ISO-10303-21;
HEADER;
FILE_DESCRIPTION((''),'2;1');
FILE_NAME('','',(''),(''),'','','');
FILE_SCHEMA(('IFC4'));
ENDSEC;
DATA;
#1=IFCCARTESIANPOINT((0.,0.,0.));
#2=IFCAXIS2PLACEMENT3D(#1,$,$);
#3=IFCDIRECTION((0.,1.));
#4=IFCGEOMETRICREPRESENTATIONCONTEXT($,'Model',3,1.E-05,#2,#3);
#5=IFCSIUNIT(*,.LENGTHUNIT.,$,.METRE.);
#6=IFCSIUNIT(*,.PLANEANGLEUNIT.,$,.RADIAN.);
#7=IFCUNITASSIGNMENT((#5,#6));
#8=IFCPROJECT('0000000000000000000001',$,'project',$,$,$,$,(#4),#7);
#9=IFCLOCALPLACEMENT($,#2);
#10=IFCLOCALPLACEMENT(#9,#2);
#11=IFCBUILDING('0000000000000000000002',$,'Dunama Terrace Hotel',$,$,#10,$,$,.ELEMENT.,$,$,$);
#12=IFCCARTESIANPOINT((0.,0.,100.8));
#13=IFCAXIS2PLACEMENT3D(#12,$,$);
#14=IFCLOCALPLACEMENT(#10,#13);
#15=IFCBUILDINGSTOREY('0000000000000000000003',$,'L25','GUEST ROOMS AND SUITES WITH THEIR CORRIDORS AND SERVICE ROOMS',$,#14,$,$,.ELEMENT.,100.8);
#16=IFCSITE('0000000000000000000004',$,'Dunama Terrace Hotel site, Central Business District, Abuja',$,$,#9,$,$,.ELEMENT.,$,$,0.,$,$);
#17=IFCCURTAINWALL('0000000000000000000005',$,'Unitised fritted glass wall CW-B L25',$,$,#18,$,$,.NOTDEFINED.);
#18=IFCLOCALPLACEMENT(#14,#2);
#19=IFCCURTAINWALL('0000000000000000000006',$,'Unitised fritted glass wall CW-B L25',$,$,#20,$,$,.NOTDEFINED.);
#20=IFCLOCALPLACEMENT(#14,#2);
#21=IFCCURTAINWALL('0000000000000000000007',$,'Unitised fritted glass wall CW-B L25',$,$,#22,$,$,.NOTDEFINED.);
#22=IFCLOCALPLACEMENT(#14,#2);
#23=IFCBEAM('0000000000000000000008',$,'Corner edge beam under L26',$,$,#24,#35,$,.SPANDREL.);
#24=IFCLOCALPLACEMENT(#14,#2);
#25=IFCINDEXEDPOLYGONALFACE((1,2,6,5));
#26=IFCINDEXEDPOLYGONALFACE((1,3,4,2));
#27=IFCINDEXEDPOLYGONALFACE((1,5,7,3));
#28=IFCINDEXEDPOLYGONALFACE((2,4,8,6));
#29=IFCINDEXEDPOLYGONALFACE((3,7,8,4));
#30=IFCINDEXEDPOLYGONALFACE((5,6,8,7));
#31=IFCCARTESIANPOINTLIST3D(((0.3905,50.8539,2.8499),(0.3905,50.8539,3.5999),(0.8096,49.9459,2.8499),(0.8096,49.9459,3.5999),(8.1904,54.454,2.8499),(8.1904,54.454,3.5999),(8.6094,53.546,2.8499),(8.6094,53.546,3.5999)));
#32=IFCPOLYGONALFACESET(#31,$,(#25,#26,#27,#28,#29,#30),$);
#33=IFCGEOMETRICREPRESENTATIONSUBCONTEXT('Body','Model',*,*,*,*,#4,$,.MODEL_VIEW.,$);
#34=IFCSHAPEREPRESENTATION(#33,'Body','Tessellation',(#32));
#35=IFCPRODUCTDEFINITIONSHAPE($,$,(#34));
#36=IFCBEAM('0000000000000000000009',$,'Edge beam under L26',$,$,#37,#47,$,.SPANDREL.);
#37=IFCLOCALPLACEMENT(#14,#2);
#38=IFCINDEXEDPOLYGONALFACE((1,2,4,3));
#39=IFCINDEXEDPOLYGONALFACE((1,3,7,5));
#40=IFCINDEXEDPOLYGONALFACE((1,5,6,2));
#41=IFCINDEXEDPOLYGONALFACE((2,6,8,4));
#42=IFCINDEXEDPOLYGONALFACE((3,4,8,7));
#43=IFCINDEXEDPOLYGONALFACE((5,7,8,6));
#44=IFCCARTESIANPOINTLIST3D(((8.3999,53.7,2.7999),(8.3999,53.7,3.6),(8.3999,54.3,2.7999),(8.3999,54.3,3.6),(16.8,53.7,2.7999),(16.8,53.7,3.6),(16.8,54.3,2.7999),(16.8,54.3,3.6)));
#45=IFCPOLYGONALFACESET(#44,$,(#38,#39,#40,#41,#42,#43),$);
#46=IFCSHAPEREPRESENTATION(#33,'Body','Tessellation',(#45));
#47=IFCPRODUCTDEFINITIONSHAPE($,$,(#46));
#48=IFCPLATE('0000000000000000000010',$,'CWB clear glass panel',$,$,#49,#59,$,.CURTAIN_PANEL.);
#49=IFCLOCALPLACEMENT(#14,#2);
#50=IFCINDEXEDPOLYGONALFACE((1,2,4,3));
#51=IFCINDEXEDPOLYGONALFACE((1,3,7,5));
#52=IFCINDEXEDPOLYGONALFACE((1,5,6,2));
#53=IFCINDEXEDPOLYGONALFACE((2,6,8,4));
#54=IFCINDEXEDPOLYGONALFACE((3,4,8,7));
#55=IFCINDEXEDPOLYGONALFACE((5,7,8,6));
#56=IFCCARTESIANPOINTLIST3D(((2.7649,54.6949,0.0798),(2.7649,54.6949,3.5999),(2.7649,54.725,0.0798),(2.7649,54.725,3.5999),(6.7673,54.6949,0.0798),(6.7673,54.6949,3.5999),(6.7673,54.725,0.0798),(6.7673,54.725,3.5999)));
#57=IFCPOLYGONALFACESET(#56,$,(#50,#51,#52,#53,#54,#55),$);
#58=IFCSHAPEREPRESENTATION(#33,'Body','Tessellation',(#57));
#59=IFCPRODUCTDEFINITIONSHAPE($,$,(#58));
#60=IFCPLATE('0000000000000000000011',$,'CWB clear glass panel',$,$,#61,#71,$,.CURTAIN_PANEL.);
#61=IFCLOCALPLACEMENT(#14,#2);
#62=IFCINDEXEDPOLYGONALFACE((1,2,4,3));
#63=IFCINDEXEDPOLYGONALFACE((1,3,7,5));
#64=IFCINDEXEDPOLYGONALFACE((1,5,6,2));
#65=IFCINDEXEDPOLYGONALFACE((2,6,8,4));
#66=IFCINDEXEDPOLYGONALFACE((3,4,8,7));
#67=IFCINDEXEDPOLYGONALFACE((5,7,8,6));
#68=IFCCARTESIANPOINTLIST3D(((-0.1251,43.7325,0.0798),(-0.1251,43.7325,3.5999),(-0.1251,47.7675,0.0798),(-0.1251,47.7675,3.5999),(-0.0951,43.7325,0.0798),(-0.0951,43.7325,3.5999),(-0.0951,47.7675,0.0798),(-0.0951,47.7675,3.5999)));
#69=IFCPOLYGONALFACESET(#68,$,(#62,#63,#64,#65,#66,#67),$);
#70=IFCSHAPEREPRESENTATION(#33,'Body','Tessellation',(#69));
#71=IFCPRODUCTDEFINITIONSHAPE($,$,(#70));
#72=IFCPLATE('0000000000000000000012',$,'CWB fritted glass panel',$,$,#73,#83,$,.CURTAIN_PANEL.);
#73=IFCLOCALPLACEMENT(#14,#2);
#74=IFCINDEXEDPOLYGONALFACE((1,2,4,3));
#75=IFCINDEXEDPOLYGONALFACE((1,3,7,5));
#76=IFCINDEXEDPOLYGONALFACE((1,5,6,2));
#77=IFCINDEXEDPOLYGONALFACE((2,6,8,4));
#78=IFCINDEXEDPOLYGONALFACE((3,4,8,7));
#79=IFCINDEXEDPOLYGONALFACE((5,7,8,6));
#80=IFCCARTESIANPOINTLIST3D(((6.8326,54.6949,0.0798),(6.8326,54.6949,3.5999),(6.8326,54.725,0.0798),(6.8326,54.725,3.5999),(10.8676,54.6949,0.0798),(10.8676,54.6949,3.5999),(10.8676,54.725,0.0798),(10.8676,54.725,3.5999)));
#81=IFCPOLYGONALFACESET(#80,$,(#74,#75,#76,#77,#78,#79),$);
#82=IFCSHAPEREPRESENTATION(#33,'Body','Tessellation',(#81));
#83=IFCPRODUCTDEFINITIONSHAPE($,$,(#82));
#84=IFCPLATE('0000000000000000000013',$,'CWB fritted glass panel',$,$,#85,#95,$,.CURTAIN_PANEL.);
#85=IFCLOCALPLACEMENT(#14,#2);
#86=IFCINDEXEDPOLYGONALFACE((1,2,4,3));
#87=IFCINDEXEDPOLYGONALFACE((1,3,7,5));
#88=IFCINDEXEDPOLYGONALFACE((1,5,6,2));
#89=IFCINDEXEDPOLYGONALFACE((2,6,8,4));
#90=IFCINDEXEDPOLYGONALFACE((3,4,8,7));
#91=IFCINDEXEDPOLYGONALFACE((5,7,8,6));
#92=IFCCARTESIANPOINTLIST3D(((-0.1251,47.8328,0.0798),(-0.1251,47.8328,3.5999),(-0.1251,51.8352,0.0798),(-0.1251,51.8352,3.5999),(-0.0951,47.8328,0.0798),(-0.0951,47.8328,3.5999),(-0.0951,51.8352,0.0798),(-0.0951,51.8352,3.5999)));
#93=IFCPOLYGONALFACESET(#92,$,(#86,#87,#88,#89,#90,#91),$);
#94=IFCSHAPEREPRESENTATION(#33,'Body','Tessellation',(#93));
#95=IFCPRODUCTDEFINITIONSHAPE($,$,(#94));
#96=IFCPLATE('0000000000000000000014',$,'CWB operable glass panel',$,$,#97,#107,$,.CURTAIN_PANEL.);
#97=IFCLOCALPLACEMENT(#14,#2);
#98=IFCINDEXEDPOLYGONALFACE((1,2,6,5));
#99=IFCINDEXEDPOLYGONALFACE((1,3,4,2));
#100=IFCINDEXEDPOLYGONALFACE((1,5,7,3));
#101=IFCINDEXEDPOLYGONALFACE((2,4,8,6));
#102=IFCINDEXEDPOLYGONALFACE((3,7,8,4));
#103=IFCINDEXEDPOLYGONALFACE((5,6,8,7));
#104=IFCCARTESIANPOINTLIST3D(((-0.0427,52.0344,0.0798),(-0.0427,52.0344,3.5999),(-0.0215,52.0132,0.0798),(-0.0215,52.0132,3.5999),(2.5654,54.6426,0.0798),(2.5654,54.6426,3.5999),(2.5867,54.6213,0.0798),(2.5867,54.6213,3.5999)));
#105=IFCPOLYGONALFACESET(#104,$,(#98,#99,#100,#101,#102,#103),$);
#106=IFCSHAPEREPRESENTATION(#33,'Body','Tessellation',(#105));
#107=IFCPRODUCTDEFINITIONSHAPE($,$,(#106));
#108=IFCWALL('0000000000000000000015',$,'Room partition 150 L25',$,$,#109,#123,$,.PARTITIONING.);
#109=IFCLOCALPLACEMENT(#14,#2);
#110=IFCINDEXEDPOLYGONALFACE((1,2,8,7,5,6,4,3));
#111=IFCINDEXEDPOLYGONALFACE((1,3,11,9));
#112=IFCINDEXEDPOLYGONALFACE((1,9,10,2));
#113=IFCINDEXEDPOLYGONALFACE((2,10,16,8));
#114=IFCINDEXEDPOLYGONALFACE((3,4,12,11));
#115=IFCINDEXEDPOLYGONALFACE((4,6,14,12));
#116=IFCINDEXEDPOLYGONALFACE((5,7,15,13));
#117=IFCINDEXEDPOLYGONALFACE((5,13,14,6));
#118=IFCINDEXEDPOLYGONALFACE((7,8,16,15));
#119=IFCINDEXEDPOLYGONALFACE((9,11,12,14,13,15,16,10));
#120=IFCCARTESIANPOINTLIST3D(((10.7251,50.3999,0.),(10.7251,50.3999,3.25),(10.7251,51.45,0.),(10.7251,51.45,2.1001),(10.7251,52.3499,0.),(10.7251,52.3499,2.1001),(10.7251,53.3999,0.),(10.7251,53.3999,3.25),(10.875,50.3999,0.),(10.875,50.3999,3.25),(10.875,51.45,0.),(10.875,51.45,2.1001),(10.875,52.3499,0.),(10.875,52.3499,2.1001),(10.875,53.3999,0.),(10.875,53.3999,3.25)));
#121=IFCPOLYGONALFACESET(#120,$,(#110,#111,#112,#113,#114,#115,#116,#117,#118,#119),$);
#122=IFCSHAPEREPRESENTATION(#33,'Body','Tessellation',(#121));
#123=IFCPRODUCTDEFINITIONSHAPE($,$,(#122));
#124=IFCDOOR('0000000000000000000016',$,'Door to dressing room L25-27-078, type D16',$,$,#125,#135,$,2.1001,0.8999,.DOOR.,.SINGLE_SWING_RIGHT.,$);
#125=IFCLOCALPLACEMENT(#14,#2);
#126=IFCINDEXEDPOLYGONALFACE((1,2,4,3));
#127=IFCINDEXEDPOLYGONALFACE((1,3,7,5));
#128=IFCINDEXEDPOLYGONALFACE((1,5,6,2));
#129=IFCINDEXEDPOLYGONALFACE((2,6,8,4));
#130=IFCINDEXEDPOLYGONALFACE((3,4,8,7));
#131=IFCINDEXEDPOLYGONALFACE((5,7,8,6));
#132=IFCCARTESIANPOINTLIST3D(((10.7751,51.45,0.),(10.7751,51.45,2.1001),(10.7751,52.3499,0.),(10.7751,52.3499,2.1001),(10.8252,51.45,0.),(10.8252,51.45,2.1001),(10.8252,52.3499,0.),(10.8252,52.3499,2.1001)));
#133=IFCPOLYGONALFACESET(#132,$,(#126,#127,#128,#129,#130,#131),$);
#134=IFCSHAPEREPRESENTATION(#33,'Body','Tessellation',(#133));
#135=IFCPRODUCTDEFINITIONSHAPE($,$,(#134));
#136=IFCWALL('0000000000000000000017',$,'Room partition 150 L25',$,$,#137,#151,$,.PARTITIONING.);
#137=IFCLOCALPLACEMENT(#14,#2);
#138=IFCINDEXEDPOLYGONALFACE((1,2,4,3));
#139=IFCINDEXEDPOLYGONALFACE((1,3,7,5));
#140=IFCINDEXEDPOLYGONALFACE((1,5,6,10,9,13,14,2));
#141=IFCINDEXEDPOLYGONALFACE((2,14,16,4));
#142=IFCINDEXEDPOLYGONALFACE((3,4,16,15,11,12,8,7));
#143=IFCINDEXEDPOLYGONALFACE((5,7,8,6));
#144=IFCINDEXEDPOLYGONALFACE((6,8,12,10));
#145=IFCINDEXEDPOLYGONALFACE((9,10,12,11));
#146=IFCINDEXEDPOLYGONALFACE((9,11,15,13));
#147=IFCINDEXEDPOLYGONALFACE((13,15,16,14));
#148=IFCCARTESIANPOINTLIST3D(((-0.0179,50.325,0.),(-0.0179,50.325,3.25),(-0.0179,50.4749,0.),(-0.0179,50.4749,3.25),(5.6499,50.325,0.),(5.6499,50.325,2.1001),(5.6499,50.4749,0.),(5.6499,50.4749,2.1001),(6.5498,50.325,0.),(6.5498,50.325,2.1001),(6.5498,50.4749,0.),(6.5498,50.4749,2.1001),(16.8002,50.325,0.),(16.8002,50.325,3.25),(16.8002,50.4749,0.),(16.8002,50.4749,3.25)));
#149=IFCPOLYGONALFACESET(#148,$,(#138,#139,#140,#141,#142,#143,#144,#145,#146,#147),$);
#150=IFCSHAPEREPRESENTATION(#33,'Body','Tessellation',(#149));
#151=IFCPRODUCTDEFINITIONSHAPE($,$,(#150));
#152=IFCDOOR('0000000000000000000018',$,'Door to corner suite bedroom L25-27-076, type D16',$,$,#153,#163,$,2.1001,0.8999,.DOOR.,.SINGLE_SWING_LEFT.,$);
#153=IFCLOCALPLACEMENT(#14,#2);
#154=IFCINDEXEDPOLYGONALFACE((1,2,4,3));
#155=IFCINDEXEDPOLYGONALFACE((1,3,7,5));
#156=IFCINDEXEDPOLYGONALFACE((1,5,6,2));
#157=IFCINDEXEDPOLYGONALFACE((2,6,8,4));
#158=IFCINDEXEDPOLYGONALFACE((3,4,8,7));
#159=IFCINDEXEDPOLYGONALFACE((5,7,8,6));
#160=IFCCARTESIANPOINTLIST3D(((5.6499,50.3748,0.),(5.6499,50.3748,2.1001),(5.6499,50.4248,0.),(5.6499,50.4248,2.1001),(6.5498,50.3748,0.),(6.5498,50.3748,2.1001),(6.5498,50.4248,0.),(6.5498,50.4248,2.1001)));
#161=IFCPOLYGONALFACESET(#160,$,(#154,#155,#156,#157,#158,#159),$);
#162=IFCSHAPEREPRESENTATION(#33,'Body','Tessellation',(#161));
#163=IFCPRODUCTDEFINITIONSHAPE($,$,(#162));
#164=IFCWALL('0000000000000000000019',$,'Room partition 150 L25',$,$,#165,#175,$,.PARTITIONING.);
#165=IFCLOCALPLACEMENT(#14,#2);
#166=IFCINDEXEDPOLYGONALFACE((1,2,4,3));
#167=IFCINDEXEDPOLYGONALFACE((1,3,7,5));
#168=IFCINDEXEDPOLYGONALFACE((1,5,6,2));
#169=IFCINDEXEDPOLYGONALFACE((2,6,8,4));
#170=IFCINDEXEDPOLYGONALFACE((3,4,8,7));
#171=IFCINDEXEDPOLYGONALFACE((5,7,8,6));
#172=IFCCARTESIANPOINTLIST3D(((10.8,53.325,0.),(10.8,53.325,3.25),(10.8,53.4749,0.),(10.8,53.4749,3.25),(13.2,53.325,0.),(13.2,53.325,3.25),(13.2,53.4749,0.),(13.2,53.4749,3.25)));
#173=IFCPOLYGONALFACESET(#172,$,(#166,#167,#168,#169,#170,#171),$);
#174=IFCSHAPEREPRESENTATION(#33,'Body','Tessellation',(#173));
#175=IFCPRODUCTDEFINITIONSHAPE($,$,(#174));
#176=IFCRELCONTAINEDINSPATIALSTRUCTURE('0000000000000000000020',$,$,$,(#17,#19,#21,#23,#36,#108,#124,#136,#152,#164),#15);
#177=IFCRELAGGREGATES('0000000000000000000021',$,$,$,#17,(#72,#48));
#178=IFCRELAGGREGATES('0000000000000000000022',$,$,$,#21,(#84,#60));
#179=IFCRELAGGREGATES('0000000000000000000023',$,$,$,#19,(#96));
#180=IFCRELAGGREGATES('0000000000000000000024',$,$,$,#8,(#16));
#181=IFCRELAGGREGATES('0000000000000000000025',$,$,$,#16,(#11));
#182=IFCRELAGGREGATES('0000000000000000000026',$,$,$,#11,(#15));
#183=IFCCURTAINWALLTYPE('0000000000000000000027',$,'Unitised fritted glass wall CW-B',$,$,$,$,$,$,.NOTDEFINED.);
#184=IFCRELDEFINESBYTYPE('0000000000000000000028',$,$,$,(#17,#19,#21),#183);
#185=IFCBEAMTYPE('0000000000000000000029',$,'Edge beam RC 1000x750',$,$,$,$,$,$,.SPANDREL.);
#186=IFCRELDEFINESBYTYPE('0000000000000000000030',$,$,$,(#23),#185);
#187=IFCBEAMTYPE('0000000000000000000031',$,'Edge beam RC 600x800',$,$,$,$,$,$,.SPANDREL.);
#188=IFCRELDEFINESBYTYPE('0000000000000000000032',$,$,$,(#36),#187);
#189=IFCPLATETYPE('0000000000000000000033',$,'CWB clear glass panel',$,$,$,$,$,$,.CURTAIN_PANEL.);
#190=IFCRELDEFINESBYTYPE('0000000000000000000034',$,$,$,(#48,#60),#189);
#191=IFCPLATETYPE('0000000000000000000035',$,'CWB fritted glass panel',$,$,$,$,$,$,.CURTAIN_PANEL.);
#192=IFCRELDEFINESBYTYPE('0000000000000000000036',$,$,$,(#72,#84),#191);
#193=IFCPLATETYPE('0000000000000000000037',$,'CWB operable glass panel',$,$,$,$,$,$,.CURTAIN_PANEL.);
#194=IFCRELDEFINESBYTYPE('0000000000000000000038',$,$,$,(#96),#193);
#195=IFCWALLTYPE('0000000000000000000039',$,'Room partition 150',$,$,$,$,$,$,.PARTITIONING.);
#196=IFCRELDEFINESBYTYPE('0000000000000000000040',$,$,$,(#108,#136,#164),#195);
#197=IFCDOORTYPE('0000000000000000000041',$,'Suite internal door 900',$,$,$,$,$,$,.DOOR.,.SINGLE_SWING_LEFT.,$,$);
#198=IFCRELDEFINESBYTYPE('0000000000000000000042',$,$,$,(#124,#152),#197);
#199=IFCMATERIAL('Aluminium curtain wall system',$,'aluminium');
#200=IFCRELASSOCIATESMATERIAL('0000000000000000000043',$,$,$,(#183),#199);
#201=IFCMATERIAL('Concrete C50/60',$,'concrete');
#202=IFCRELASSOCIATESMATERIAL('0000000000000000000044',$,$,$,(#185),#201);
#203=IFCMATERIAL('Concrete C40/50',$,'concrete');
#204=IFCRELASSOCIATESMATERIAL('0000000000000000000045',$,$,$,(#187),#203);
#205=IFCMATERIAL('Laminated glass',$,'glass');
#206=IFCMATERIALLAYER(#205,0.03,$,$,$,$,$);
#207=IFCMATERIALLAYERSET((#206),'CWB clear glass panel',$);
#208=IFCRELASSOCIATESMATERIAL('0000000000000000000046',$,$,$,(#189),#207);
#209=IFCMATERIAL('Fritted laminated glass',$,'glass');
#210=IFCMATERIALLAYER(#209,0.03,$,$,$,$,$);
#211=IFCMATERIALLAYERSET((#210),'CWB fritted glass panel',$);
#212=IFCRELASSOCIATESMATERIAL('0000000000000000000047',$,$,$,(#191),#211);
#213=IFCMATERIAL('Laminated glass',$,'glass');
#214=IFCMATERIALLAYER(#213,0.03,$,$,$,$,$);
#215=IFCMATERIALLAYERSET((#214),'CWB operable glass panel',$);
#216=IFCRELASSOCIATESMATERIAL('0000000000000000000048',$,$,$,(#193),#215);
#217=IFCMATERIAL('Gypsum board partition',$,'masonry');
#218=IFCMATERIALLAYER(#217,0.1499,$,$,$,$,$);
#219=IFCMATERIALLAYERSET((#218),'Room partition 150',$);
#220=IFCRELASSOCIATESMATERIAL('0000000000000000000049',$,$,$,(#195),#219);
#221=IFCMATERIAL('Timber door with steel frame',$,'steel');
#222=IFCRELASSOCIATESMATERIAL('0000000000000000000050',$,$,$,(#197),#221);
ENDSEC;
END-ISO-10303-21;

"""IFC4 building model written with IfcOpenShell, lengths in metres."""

from ifc_helpers import new_model, si_unit, direction, frame, frame_2d, origin, origin_2d, place, context, subcontext, project, spatial, rectangle, extrude, material, layer, layer_set, material_profile, profile_set, type_object, element, fill, aggregate, save


model = new_model("IFC4")

# Units and contexts
model_context = context("Model", 3, precision=1e-05, world=origin(), true_north=direction((0.0, 1.0)))
body_context = subcontext(model_context, "Body", "Model", "MODEL_VIEW")
ifc_project = project(units=[si_unit("LENGTHUNIT", "METRE"), si_unit("PLANEANGLEUNIT", "RADIAN")], contexts=[model_context])

# Site, building, storey
site_placement = place(None, origin())
site = spatial("IfcSite", under=ifc_project, at=site_placement, Name="Dunama Terrace Hotel site, Central Business District, Abuja", CompositionType="ELEMENT", RefElevation=0.0)
building_placement = place(site_placement, origin())
building = spatial("IfcBuilding", under=site, at=building_placement, Name="Dunama Terrace Hotel", CompositionType="ELEMENT")
storey_placement = place(building_placement, frame((0.0, 0.0, 100.8)))
storey = spatial("IfcBuildingStorey", under=building, at=storey_placement, Name="L25", Description="GUEST ROOMS AND SUITES WITH THEIR CORRIDORS AND SERVICE ROOMS", CompositionType="ELEMENT", Elevation=100.8)

# Curtain walls
ifc_material_1 = material(Name="Aluminium curtain wall system", Category="aluminium")
curtain_wall_type = type_object("IfcCurtainWallType", Name="Unitised fritted glass wall CW-B", PredefinedType="NOTDEFINED", material=ifc_material_1)
curtain_wall_1_placement = place(storey_placement, origin())
curtain_wall_1 = element("IfcCurtainWall", 1, at=curtain_wall_1_placement, inside=storey, type_object=curtain_wall_type, Name="Unitised fritted glass wall CW-B L25", PredefinedType="NOTDEFINED")
curtain_wall_2_placement = place(storey_placement, origin())
curtain_wall_2 = element("IfcCurtainWall", 2, at=curtain_wall_2_placement, inside=storey, type_object=curtain_wall_type, Name="Unitised fritted glass wall CW-B L25", PredefinedType="NOTDEFINED")
curtain_wall_3_placement = place(storey_placement, origin())
curtain_wall_3 = element("IfcCurtainWall", 3, at=curtain_wall_3_placement, inside=storey, type_object=curtain_wall_type, Name="Unitised fritted glass wall CW-B L25", PredefinedType="NOTDEFINED")

# Beams
ifc_material_2 = material(Name="Concrete C50/60", Category="concrete")
ifc_material_profile_1 = material_profile(ifc_material_2, rectangle(XDim=1.0, YDim=0.75, at=origin_2d()), Name="RC 1000x750")
ifc_profile_set_1 = profile_set([ifc_material_profile_1], Name="Concrete C50/60")
beam_type_1 = type_object("IfcBeamType", Name="Edge beam RC 1000x750", PredefinedType="SPANDREL", material=ifc_profile_set_1)
beam_1_placement = place(storey_placement, frame((8.3999, 54.0, 3.2249), z_axis=(-0.907951, -0.419076, 0.0), x_axis=(0.419076, -0.907951, 0.0)))
element("IfcBeam", 4, at=beam_1_placement, inside=storey, type_object=beam_type_1, Name="Corner edge beam under L26", PredefinedType="SPANDREL", context=body_context, shape_type="SweptSolid", body=[
    extrude(rectangle(XDim=1.0, YDim=0.75, at=origin_2d()), origin(), (0.0, 0.0, 1.0), 8.5906),
])
ifc_material_3 = material(Name="Concrete C40/50", Category="concrete")
ifc_material_profile_2 = material_profile(ifc_material_3, rectangle(XDim=0.6001, YDim=0.8, at=origin_2d()), Name="RC 600x800")
ifc_profile_set_2 = profile_set([ifc_material_profile_2], Name="Concrete C40/50")
beam_type_2 = type_object("IfcBeamType", Name="Edge beam RC 600x800", PredefinedType="SPANDREL", material=ifc_profile_set_2)
beam_2_placement = place(storey_placement, frame((8.3999, 54.0, 3.2), z_axis=(1.0, 0.0, 0.0), x_axis=(0.0, 1.0, 0.0)))
element("IfcBeam", 5, at=beam_2_placement, inside=storey, type_object=beam_type_2, Name="Edge beam under L26", PredefinedType="SPANDREL", context=body_context, shape_type="SweptSolid", body=[
    extrude(rectangle(XDim=0.6001, YDim=0.8, at=origin_2d()), origin(), (0.0, 0.0, 1.0), 8.4001),
])

# Plates
ifc_material_4 = material(Name="Laminated glass", Category="glass")
ifc_layer_1 = layer(ifc_material_4, 0.03)
ifc_layer_set_1 = layer_set([ifc_layer_1], Name="CWB clear glass panel")
plate_type_1 = type_object("IfcPlateType", Name="CWB clear glass panel", PredefinedType="CURTAIN_PANEL", material=ifc_layer_set_1)
plate_1_placement = place(storey_placement, frame((4.7661, 54.71, 0.0798), z_axis=(0.0, 0.0, 1.0), x_axis=(-1.0, 0.0, 0.0)))
plate_1 = element("IfcPlate", 6, at=plate_1_placement, type_object=plate_type_1, Name="CWB clear glass panel", PredefinedType="CURTAIN_PANEL", context=body_context, shape_type="SweptSolid", body=[
    extrude(rectangle(XDim=4.0024, YDim=0.03, at=origin_2d()), origin(), (0.0, 0.0, 1.0), 3.52),
])
plate_2_placement = place(storey_placement, frame((-0.1101, 45.75, 0.0798), z_axis=(0.0, 0.0, 1.0), x_axis=(0.0, -1.0, 0.0)))
plate_2 = element("IfcPlate", 7, at=plate_2_placement, type_object=plate_type_1, Name="CWB clear glass panel", PredefinedType="CURTAIN_PANEL", context=body_context, shape_type="SweptSolid", body=[
    extrude(rectangle(XDim=4.0349, YDim=0.03, at=origin_2d()), origin(), (0.0, 0.0, 1.0), 3.52),
])
ifc_material_5 = material(Name="Fritted laminated glass", Category="glass")
ifc_layer_2 = layer(ifc_material_5, 0.03)
ifc_layer_set_2 = layer_set([ifc_layer_2], Name="CWB fritted glass panel")
plate_type_2 = type_object("IfcPlateType", Name="CWB fritted glass panel", PredefinedType="CURTAIN_PANEL", material=ifc_layer_set_2)
plate_3_placement = place(storey_placement, frame((8.8501, 54.71, 0.0798), z_axis=(0.0, 0.0, 1.0), x_axis=(-1.0, 0.0, 0.0)))
plate_3 = element("IfcPlate", 8, at=plate_3_placement, type_object=plate_type_2, Name="CWB fritted glass panel", PredefinedType="CURTAIN_PANEL", context=body_context, shape_type="SweptSolid", body=[
    extrude(rectangle(XDim=4.0349, YDim=0.03, at=origin_2d()), origin(), (0.0, 0.0, 1.0), 3.52),
])
aggregate(curtain_wall_1, [plate_3, plate_1])
plate_4_placement = place(storey_placement, frame((-0.1101, 49.834, 0.0798), z_axis=(0.0, 0.0, 1.0), x_axis=(0.0, -1.0, 0.0)))
plate_4 = element("IfcPlate", 9, at=plate_4_placement, type_object=plate_type_2, Name="CWB fritted glass panel", PredefinedType="CURTAIN_PANEL", context=body_context, shape_type="SweptSolid", body=[
    extrude(rectangle(XDim=4.0024, YDim=0.03, at=origin_2d()), origin(), (0.0, 0.0, 1.0), 3.52),
])
aggregate(curtain_wall_3, [plate_4, plate_2])
ifc_material_6 = material(Name="Laminated glass", Category="glass")
ifc_layer_3 = layer(ifc_material_6, 0.03)
ifc_layer_set_3 = layer_set([ifc_layer_3], Name="CWB operable glass panel")
plate_type_3 = type_object("IfcPlateType", Name="CWB operable glass panel", PredefinedType="CURTAIN_PANEL", material=ifc_layer_set_3)
plate_5_placement = place(storey_placement, frame((1.272, 53.3279, 0.0798), z_axis=(0.0, 0.0, 1.0), x_axis=(-0.707107, -0.707107, 0.0)))
plate_5 = element("IfcPlate", 10, at=plate_5_placement, type_object=plate_type_3, Name="CWB operable glass panel", PredefinedType="CURTAIN_PANEL", context=body_context, shape_type="SweptSolid", body=[
    extrude(rectangle(XDim=3.6885, YDim=0.03, at=origin_2d()), origin(), (0.0, 0.0, 1.0), 3.52),
])
aggregate(curtain_wall_2, [plate_5])

# Walls, openings, doors
ifc_material_7 = material(Name="Gypsum board partition", Category="masonry")
ifc_layer_4 = layer(ifc_material_7, 0.1499)
ifc_layer_set_4 = layer_set([ifc_layer_4], Name="Room partition 150")
wall_type = type_object("IfcWallType", Name="Room partition 150", PredefinedType="PARTITIONING", material=ifc_layer_set_4)
wall_1_placement = place(storey_placement, frame((10.8, 50.3999, 0.0), z_axis=(0.0, 0.0, 1.0), x_axis=(0.0, 1.0, 0.0)))
wall_1 = element("IfcWall", 11, at=wall_1_placement, inside=storey, type_object=wall_type, Name="Room partition 150 L25", PredefinedType="PARTITIONING", context=body_context, shape_type="SweptSolid", body=[
    extrude(rectangle(XDim=3.0, YDim=0.1499, at=frame_2d((1.5, 0.0))), origin(), (0.0, 0.0, 1.0), 3.25),
])
opening_1_placement = place(wall_1_placement, frame((1.05, 0.0, 0.0)))
opening_1 = element("IfcOpeningElement", 12, at=opening_1_placement, cuts=wall_1, PredefinedType="OPENING", context=body_context, shape_type="SweptSolid", body=[
    extrude(rectangle(XDim=0.8999, YDim=2.1001, at=frame_2d((0.45, 1.05))), frame((0.0, 0.085, 0.0), z_axis=(0.0, -1.0, 0.0), x_axis=(1.0, 0.0, 0.0)), (0.0, 0.0, 1.0), 0.1699),
])
ifc_material_8 = material(Name="Timber door with steel frame", Category="steel")
door_type = type_object("IfcDoorType", Name="Suite internal door 900", OperationType="SINGLE_SWING_LEFT", PredefinedType="DOOR", material=ifc_material_8)
door_1_placement = place(opening_1_placement, frame((0.8999, 0.0, 0.0), z_axis=(0.0, 0.0, 1.0), x_axis=(-1.0, 0.0, 0.0)))
door_1 = element("IfcDoor", 13, at=door_1_placement, inside=storey, type_object=door_type, Name="Door to dressing room L25-27-078, type D16", OperationType="SINGLE_SWING_RIGHT", OverallHeight=2.1001, OverallWidth=0.8999, PredefinedType="DOOR", context=body_context, shape_type="SweptSolid", body=[
    extrude(rectangle(XDim=0.8999, YDim=2.1001, at=frame_2d((0.45, 1.05))), frame((0.0, 0.0251, 0.0), z_axis=(0.0, -1.0, 0.0), x_axis=(1.0, 0.0, 0.0)), (0.0, 0.0, 1.0), 0.05),
])
fill(opening_1, door_1)
wall_2_placement = place(storey_placement, frame((-0.0181, 50.3999, 0.0), z_axis=(0.0, 0.0, 1.0), x_axis=(1.0, 0.0, 0.0)))
wall_2 = element("IfcWall", 14, at=wall_2_placement, inside=storey, type_object=wall_type, Name="Room partition 150 L25", PredefinedType="PARTITIONING", context=body_context, shape_type="SweptSolid", body=[
    extrude(rectangle(XDim=16.8181, YDim=0.1499, at=frame_2d((8.4092, 0.0))), origin(), (0.0, 0.0, 1.0), 3.25),
])
opening_2_placement = place(wall_2_placement, frame((5.668, 0.0, 0.0)))
opening_2 = element("IfcOpeningElement", 15, at=opening_2_placement, cuts=wall_2, PredefinedType="OPENING", context=body_context, shape_type="SweptSolid", body=[
    extrude(rectangle(XDim=0.8999, YDim=2.1001, at=frame_2d((0.45, 1.05))), frame((0.0, 0.085, 0.0), z_axis=(0.0, -1.0, 0.0), x_axis=(1.0, 0.0, 0.0)), (0.0, 0.0, 1.0), 0.1699),
])
door_2_placement = place(opening_2_placement, origin())
door_2 = element("IfcDoor", 16, at=door_2_placement, inside=storey, type_object=door_type, Name="Door to corner suite bedroom L25-27-076, type D16", OperationType="SINGLE_SWING_LEFT", OverallHeight=2.1001, OverallWidth=0.8999, PredefinedType="DOOR", context=body_context, shape_type="SweptSolid", body=[
    extrude(rectangle(XDim=0.8999, YDim=2.1001, at=frame_2d((0.45, 1.05))), frame((0.0, 0.0249, 0.0), z_axis=(0.0, -1.0, 0.0), x_axis=(1.0, 0.0, 0.0)), (0.0, 0.0, 1.0), 0.05),
])
fill(opening_2, door_2)

# Wall
wall_3_placement = place(storey_placement, frame((10.8, 53.3999, 0.0), z_axis=(0.0, 0.0, 1.0), x_axis=(1.0, 0.0, 0.0)))
element("IfcWall", 17, at=wall_3_placement, inside=storey, type_object=wall_type, Name="Room partition 150 L25", PredefinedType="PARTITIONING", context=body_context, shape_type="SweptSolid", body=[
    extrude(rectangle(XDim=2.3999, YDim=0.1499, at=frame_2d((1.2, 0.0))), origin(), (0.0, 0.0, 1.0), 3.25),
])

save(model, "model.ifc")
